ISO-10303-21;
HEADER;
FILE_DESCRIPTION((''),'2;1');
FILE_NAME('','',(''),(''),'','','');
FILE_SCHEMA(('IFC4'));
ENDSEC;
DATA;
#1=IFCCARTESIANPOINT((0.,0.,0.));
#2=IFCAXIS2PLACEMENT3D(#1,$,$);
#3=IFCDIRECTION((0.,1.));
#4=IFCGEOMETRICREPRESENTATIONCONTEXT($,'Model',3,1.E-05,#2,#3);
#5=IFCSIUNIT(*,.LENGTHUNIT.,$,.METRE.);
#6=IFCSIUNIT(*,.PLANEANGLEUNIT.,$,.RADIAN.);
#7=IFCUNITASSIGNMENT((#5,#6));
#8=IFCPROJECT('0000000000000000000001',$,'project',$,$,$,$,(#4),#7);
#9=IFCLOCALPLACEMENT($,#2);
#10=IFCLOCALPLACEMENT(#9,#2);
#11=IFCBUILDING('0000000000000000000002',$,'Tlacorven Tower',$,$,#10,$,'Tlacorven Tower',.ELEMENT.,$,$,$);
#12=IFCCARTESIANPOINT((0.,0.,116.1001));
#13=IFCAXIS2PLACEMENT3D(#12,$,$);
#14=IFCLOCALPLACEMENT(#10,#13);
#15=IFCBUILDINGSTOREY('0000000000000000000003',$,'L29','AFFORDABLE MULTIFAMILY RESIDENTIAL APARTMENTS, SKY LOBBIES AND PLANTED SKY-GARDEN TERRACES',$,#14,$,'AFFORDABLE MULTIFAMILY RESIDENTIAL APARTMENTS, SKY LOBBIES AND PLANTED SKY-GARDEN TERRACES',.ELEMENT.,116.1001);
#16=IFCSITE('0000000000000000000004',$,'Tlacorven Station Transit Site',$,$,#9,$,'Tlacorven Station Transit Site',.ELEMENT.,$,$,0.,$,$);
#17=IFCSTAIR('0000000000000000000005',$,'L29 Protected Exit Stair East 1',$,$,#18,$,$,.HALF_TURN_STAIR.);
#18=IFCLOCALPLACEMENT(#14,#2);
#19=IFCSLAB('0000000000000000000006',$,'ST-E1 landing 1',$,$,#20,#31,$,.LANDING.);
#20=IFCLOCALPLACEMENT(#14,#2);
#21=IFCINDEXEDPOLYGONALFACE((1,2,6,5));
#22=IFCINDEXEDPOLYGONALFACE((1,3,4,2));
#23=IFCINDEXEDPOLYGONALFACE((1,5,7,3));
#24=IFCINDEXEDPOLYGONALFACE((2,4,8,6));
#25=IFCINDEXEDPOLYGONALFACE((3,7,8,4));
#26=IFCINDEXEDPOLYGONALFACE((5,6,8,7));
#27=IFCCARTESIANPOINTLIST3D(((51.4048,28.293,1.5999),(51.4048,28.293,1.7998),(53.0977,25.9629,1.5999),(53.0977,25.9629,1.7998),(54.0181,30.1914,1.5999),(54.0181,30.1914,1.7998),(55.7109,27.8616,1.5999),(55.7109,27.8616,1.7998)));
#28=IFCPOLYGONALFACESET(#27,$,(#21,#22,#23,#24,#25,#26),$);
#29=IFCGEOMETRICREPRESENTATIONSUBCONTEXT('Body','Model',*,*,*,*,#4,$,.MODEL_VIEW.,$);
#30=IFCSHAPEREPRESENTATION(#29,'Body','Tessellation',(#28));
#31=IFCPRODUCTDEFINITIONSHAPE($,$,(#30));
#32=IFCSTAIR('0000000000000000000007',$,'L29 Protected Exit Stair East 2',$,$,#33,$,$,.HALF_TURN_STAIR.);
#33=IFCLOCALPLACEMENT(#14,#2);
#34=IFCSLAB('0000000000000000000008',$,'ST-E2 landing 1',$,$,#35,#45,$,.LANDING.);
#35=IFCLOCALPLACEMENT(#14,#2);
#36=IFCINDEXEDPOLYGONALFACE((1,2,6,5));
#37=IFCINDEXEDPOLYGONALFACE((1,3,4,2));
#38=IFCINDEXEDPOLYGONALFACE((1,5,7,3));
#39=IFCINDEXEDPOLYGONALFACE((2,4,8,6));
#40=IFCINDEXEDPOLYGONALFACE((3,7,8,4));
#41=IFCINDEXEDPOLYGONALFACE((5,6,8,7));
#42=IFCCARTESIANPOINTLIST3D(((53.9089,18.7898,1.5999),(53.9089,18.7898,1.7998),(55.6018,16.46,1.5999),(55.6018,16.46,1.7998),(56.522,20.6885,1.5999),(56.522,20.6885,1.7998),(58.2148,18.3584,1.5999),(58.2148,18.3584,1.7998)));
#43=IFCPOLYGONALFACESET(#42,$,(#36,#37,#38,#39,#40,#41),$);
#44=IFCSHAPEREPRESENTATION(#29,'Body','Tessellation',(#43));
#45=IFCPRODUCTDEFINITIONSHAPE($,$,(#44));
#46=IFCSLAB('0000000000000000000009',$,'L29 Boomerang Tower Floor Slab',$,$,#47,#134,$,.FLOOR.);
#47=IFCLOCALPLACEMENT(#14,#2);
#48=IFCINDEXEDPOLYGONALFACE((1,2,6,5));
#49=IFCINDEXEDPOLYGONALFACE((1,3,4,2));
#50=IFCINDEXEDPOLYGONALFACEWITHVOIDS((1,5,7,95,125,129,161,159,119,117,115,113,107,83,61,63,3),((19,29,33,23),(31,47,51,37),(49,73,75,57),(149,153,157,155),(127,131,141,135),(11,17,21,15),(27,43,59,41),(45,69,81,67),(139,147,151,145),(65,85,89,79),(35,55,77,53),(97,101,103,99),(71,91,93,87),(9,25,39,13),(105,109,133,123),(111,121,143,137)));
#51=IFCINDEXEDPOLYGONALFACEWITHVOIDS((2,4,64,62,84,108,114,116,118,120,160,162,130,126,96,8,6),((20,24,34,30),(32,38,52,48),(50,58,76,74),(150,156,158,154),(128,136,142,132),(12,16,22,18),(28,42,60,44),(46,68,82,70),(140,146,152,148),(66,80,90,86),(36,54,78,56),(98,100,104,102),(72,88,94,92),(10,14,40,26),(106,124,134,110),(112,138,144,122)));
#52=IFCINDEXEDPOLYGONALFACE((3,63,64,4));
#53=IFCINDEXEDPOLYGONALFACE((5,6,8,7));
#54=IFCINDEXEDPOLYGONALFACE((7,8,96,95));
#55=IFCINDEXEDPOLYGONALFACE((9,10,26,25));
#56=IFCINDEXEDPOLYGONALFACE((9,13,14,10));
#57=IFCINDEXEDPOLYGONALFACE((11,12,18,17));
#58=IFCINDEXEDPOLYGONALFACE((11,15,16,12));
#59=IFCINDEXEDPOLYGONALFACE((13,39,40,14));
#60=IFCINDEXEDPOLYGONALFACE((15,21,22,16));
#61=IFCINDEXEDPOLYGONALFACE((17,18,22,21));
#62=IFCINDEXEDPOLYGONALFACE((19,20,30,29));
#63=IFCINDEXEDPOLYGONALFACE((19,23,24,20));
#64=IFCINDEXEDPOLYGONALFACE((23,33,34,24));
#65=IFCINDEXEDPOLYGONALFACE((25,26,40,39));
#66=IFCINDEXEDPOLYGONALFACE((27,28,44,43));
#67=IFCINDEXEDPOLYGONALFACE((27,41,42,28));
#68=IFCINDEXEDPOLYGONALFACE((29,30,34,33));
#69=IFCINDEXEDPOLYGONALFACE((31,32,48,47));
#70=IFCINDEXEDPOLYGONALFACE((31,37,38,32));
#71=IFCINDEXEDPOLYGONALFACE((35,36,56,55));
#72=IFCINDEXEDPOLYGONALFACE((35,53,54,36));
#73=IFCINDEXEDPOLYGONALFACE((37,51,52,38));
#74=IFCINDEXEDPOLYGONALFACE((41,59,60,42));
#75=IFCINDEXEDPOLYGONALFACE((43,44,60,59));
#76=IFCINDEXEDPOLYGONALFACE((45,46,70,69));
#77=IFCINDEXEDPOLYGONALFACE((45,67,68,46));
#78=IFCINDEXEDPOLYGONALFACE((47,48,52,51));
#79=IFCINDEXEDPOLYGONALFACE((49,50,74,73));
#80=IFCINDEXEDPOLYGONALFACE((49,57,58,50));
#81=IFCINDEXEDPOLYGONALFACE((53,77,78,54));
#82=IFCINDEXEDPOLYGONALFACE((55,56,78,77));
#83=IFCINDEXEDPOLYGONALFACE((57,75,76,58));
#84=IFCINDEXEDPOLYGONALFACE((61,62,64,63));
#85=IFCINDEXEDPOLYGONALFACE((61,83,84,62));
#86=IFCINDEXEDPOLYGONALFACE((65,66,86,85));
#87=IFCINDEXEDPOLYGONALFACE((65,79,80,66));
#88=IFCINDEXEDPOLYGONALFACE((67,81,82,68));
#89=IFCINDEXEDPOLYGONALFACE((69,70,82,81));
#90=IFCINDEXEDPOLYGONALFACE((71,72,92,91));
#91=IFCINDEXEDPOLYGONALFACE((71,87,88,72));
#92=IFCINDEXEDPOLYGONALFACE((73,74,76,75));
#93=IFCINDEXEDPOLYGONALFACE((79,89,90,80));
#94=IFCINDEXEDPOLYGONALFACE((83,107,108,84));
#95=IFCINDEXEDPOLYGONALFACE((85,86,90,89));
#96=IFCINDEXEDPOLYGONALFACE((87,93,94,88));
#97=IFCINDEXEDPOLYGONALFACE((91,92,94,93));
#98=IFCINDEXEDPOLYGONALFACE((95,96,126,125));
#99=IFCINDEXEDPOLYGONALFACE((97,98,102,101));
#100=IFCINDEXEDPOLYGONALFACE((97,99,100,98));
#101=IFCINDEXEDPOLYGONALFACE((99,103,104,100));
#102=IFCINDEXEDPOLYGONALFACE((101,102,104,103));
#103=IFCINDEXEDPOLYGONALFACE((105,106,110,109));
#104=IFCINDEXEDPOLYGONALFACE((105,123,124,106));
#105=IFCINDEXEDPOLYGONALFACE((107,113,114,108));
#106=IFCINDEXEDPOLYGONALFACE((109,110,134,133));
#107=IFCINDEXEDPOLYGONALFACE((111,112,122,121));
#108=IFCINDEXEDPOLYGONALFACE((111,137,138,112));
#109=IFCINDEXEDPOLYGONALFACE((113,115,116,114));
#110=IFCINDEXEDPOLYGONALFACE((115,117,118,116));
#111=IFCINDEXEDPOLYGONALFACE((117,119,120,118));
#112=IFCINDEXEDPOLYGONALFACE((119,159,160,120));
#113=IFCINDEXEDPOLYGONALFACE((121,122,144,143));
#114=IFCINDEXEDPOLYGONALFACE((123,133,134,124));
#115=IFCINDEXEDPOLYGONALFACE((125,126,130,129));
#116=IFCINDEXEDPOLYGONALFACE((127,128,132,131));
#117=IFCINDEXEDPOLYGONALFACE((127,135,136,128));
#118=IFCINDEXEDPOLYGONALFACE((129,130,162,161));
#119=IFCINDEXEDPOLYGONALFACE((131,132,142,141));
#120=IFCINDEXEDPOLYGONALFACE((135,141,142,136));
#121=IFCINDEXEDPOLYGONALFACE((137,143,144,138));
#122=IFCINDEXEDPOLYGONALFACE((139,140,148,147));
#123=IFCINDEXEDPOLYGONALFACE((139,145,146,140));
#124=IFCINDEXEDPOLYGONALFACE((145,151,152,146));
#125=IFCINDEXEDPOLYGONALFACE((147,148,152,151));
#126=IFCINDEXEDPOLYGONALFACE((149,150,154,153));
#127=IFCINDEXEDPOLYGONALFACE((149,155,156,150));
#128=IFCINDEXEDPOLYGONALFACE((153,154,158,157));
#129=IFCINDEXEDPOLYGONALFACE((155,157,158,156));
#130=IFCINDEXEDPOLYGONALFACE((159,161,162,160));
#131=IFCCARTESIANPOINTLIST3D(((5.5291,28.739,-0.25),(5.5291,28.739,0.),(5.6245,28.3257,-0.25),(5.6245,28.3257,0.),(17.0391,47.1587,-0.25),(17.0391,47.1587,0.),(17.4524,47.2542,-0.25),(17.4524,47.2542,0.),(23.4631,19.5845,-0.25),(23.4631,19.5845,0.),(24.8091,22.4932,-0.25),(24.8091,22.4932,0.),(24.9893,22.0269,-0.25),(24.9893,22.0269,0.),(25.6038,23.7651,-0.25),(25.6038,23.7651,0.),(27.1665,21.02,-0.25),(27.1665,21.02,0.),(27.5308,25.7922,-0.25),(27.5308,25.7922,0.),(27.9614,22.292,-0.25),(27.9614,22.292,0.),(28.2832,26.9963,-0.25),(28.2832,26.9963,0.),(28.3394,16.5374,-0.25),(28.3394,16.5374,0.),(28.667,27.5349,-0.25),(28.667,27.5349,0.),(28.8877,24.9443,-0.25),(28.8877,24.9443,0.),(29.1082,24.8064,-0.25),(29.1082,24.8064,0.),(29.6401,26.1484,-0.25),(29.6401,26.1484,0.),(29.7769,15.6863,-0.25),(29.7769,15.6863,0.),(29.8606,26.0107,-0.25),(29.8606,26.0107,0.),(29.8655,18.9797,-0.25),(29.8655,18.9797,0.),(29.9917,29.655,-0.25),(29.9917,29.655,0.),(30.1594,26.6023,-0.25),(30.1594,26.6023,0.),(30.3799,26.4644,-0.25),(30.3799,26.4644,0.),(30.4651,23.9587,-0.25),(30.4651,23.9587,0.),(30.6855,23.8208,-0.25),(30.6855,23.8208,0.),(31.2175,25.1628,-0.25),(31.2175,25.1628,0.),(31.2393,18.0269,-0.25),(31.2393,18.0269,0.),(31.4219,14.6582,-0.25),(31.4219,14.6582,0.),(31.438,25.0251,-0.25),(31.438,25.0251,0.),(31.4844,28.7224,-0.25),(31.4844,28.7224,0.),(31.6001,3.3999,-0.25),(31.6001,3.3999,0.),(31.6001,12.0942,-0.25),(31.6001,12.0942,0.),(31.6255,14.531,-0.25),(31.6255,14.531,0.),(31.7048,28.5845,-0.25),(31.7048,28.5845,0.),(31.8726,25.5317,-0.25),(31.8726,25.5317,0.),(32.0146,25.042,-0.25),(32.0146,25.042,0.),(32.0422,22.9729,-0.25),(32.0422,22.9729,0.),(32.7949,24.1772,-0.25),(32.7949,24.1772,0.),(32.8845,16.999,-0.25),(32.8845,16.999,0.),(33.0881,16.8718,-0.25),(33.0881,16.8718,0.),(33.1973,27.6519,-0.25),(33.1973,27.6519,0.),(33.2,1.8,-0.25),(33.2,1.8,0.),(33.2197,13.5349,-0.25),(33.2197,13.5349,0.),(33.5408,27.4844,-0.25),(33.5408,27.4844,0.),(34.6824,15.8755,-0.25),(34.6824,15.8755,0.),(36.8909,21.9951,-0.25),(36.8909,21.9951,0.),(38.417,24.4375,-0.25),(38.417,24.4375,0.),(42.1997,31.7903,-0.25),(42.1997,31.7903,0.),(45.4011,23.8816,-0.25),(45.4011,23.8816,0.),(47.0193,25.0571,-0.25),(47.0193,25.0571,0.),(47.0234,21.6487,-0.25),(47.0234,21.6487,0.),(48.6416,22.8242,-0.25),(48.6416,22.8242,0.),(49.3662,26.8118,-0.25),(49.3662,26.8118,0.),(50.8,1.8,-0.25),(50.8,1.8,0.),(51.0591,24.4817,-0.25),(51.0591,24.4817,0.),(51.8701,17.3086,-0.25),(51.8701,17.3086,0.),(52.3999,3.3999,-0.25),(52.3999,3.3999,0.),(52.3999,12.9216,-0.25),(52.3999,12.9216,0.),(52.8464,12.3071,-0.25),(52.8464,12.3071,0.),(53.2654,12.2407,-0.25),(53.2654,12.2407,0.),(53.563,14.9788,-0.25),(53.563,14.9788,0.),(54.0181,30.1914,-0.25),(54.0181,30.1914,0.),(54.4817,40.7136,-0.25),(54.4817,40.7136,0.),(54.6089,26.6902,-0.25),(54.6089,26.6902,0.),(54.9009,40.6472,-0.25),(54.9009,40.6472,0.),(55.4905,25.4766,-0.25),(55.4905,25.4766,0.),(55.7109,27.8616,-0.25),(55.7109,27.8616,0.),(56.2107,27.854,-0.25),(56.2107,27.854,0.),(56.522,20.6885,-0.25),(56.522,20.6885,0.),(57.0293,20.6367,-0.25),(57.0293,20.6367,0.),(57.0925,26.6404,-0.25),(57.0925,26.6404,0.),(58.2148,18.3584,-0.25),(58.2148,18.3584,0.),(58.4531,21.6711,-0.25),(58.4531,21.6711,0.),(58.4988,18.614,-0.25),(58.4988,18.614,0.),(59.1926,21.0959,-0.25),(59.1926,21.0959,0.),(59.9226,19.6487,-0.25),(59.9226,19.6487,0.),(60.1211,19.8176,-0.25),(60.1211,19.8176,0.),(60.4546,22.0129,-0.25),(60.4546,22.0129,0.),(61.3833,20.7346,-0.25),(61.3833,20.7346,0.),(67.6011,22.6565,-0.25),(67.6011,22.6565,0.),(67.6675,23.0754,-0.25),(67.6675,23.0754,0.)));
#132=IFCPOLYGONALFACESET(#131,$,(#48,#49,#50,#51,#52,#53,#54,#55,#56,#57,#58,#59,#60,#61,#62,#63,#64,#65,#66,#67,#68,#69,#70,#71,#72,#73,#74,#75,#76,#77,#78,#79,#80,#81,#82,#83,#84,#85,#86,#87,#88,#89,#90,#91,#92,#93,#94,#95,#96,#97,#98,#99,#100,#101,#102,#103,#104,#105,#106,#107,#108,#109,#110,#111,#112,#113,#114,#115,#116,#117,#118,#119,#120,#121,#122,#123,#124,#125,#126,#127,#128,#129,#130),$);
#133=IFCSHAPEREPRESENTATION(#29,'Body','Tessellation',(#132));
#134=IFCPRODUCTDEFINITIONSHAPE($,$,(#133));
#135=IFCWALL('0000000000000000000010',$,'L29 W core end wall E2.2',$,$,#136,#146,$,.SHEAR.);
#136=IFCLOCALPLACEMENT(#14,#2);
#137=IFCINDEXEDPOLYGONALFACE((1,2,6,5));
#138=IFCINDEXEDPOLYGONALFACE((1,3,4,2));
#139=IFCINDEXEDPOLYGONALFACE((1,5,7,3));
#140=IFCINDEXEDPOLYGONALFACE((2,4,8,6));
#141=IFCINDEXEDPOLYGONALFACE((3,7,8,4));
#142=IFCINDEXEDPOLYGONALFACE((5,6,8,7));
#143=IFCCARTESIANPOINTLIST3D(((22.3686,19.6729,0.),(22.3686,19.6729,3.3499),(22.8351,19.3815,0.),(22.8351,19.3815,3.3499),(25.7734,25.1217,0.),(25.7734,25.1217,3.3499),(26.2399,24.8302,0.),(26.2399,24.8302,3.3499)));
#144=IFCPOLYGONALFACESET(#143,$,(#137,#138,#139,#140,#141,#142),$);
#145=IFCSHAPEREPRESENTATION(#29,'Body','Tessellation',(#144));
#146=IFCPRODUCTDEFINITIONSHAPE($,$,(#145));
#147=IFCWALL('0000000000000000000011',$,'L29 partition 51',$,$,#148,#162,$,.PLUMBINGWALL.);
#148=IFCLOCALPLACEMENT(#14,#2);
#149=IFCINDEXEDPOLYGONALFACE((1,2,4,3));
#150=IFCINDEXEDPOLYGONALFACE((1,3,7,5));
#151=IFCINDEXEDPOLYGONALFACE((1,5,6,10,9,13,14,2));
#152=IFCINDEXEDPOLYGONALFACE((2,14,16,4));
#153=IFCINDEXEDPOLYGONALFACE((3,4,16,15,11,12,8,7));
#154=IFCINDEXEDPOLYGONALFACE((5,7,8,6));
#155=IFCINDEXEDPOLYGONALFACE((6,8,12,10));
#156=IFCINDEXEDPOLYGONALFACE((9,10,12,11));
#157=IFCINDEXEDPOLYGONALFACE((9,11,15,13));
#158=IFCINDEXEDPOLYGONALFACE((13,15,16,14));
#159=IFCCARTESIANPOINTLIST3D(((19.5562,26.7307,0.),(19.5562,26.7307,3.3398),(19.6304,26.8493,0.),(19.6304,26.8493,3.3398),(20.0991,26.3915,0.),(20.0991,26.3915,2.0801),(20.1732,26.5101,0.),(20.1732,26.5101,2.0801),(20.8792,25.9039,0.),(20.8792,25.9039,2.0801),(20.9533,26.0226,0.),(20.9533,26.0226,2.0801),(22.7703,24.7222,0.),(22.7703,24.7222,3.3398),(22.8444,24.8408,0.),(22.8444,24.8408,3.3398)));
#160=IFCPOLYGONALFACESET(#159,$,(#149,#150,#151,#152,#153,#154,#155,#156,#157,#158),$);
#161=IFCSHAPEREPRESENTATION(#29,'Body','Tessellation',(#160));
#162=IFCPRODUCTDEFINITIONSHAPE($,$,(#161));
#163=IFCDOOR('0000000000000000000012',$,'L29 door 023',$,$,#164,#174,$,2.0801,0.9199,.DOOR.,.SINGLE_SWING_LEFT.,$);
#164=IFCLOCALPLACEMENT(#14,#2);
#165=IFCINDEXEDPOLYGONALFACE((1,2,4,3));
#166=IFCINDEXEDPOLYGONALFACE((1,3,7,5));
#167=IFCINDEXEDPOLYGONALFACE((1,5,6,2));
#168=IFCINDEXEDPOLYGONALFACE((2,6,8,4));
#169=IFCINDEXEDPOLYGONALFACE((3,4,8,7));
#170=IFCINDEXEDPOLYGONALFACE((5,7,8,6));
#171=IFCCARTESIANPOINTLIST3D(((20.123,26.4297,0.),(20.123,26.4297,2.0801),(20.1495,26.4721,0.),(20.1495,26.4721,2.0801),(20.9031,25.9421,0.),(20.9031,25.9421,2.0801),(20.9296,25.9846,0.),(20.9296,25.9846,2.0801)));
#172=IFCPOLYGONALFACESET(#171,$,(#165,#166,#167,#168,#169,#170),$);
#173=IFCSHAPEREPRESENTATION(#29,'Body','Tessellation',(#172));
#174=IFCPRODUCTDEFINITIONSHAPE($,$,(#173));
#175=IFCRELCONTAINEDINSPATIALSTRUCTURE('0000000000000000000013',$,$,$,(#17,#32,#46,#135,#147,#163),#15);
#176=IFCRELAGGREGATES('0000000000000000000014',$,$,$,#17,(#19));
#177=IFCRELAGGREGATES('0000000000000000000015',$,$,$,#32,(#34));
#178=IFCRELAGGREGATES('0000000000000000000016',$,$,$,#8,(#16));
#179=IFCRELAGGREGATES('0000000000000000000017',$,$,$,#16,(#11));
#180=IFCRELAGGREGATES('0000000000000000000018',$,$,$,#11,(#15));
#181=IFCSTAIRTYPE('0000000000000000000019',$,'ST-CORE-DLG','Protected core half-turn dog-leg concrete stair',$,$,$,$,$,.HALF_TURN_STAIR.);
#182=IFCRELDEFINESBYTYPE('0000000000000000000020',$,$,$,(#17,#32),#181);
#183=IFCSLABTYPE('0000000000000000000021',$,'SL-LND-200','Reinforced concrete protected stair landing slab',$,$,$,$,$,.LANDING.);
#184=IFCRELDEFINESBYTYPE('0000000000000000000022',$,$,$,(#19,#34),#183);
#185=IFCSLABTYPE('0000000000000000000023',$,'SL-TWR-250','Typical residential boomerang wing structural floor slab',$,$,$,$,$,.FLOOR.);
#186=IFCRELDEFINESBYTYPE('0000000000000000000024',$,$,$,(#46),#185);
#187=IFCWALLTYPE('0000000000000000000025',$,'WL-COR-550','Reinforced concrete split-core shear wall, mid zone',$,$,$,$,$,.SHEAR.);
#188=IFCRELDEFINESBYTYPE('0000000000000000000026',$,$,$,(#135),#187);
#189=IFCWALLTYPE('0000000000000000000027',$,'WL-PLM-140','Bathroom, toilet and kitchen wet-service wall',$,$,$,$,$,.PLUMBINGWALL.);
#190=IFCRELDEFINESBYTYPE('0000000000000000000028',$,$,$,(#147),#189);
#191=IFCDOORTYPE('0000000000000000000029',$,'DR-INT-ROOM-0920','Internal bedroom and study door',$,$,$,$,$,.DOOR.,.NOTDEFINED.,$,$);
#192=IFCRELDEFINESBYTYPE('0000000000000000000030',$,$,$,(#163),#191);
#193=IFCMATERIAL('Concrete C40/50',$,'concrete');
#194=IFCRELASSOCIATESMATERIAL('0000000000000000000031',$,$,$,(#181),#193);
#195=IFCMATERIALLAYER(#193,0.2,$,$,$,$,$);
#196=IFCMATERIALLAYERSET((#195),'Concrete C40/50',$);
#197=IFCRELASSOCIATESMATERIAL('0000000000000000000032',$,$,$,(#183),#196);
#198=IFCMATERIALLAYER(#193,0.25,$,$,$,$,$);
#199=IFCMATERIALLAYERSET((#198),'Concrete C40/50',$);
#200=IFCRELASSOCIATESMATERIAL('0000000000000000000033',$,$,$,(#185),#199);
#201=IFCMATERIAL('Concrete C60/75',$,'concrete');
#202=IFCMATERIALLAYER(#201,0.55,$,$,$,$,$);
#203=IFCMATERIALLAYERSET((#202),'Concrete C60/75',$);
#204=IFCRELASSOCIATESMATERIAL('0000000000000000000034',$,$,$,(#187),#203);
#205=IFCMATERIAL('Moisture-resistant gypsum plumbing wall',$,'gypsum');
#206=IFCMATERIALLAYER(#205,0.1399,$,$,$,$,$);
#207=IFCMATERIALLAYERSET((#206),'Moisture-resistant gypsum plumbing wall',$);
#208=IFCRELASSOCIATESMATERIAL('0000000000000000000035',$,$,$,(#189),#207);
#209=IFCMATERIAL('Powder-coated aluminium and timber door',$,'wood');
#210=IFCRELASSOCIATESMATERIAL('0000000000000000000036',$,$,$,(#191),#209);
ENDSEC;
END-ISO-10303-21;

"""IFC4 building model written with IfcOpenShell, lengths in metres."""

from ifc_helpers import new_model, si_unit, direction, frame, frame_2d, origin, place, context, subcontext, project, spatial, polyline, rectangle, outline, extrude, source, transform, mapped, material, layer, layer_set, type_object, element, fill, aggregate, save


model = new_model("IFC4")

# Units and contexts
model_context = context("Model", 3, precision=1e-05, world=origin(), true_north=direction((0.0, 1.0)))
body_context = subcontext(model_context, "Body", "Model", "MODEL_VIEW")
ifc_project = project(units=[si_unit("LENGTHUNIT", "METRE"), si_unit("PLANEANGLEUNIT", "RADIAN")], contexts=[model_context])

# Site, building, storey
site_placement = place(None, origin())
site = spatial("IfcSite", under=ifc_project, at=site_placement, Name="Tlacorven Station Transit Site", LongName="Tlacorven Station Transit Site", CompositionType="ELEMENT", RefElevation=0.0)
building_placement = place(site_placement, origin())
building = spatial("IfcBuilding", under=site, at=building_placement, Name="Tlacorven Tower", LongName="Tlacorven Tower", CompositionType="ELEMENT")
storey_placement = place(building_placement, frame((0.0, 0.0, 116.1001)))
storey = spatial("IfcBuildingStorey", under=building, at=storey_placement, Name="L29", Description="AFFORDABLE MULTIFAMILY RESIDENTIAL APARTMENTS, SKY LOBBIES AND PLANTED SKY-GARDEN TERRACES", LongName="AFFORDABLE MULTIFAMILY RESIDENTIAL APARTMENTS, SKY LOBBIES AND PLANTED SKY-GARDEN TERRACES", CompositionType="ELEMENT", Elevation=116.1001)

# Stairs, slabs
ifc_material_1 = material(Name="Concrete C40/50", Category="concrete")
stair_type = type_object("IfcStairType", Name="ST-CORE-DLG", Description="Protected core half-turn dog-leg concrete stair", PredefinedType="HALF_TURN_STAIR", material=ifc_material_1)
ifc_layer_1 = layer(ifc_material_1, 0.2)
ifc_layer_set_1 = layer_set([ifc_layer_1], Name="Concrete C40/50")
slab_type_1 = type_object("IfcSlabType", Name="SL-LND-200", Description="Reinforced concrete protected stair landing slab", PredefinedType="LANDING", material=ifc_layer_set_1)
stair_1_placement = place(storey_placement, origin())
stair_1 = element("IfcStair", 1, at=stair_1_placement, inside=storey, type_object=stair_type, Name="L29 Protected Exit Stair East 1", PredefinedType="HALF_TURN_STAIR")
slab_1_placement = place(storey_placement, frame((0.0, 0.0, 1.5999)))
slab_1 = element("IfcSlab", 2, at=slab_1_placement, type_object=slab_type_1, Name="ST-E1 landing 1", PredefinedType="LANDING", context=body_context, shape_type="SweptSolid", body=[
    extrude(outline(polyline([(53.0977, 25.9629), (55.7109, 27.8616), (54.0181, 30.1914), (51.4048, 28.293), (53.0977, 25.9629)])), origin(), (0.0, 0.0, 1.0), 0.2),
])
aggregate(stair_1, [slab_1])
stair_2_placement = place(storey_placement, origin())
stair_2 = element("IfcStair", 3, at=stair_2_placement, inside=storey, type_object=stair_type, Name="L29 Protected Exit Stair East 2", PredefinedType="HALF_TURN_STAIR")
slab_2_placement = place(storey_placement, frame((0.0, 0.0, 1.5999)))
slab_2 = element("IfcSlab", 4, at=slab_2_placement, type_object=slab_type_1, Name="ST-E2 landing 1", PredefinedType="LANDING", context=body_context, shape_type="SweptSolid", body=[
    extrude(outline(polyline([(55.6018, 16.46), (58.2148, 18.3584), (56.522, 20.6885), (53.9089, 18.7898), (55.6018, 16.46)])), origin(), (0.0, 0.0, 1.0), 0.2),
])
aggregate(stair_2, [slab_2])

# Slab
ifc_layer_2 = layer(ifc_material_1, 0.25)
ifc_layer_set_2 = layer_set([ifc_layer_2], Name="Concrete C40/50")
slab_type_2 = type_object("IfcSlabType", Name="SL-TWR-250", Description="Typical residential boomerang wing structural floor slab", PredefinedType="FLOOR", material=ifc_layer_set_2)
slab_3_placement = place(storey_placement, frame((0.0, 0.0, -0.25)))
element("IfcSlab", 5, at=slab_3_placement, inside=storey, type_object=slab_type_2, Name="L29 Boomerang Tower Floor Slab", PredefinedType="FLOOR", context=body_context, shape_type="SweptSolid", body=[
    extrude(outline(polyline([(52.3999, 3.3999), (50.8, 1.8), (33.2, 1.8), (31.6001, 3.3999), (31.6001, 12.0942), (5.6245, 28.3257), (5.5291, 28.739), (17.0391, 47.1587), (17.4524, 47.2542), (42.1997, 31.7903), (54.4817, 40.7136), (54.9009, 40.6472), (67.6675, 23.0754), (67.6011, 22.6565), (53.2654, 12.2407), (52.8464, 12.3071), (52.3999, 12.9216), (52.3999, 3.3999)]), holes=[polyline([(29.8655, 18.9797), (24.9893, 22.0269), (23.4631, 19.5845), (28.3394, 16.5374), (29.8655, 18.9797)]), polyline([(38.417, 24.4375), (33.5408, 27.4844), (32.0146, 25.042), (36.8909, 21.9951), (38.417, 24.4375)]), polyline([(51.0591, 24.4817), (55.7109, 27.8616), (54.0181, 30.1914), (49.3662, 26.8118), (51.0591, 24.4817)]), polyline([(53.563, 14.9788), (58.2148, 18.3584), (56.522, 20.6885), (51.8701, 17.3086), (53.563, 14.9788)]), polyline([(34.6824, 15.8755), (33.0881, 16.8718), (31.6255, 14.531), (33.2197, 13.5349), (34.6824, 15.8755)]), polyline([(32.8845, 16.999), (31.2393, 18.0269), (29.7769, 15.6863), (31.4219, 14.6582), (32.8845, 16.999)]), polyline([(47.0234, 21.6487), (48.6416, 22.8242), (47.0193, 25.0571), (45.4011, 23.8816), (47.0234, 21.6487)]), polyline([(33.1973, 27.6519), (31.7048, 28.5845), (30.3799, 26.4644), (31.8726, 25.5317), (33.1973, 27.6519)]), polyline([(31.4844, 28.7224), (29.9917, 29.655), (28.667, 27.5349), (30.1594, 26.6023), (31.4844, 28.7224)]), polyline([(32.7949, 24.1772), (31.438, 25.0251), (30.6855, 23.8208), (32.0422, 22.9729), (32.7949, 24.1772)]), polyline([(31.2175, 25.1628), (29.8606, 26.0107), (29.1082, 24.8064), (30.4651, 23.9587), (31.2175, 25.1628)]), polyline([(29.6401, 26.1484), (28.2832, 26.9963), (27.5308, 25.7922), (28.8877, 24.9443), (29.6401, 26.1484)]), polyline([(58.4988, 18.614), (59.9226, 19.6487), (58.4531, 21.6711), (57.0293, 20.6367), (58.4988, 18.614)]), polyline([(27.9614, 22.292), (25.6038, 23.7651), (24.8091, 22.4932), (27.1665, 21.02), (27.9614, 22.292)]), polyline([(55.4905, 25.4766), (57.0925, 26.6404), (56.2107, 27.854), (54.6089, 26.6902), (55.4905, 25.4766)]), polyline([(60.1211, 19.8176), (61.3833, 20.7346), (60.4546, 22.0129), (59.1926, 21.0959), (60.1211, 19.8176)])]), origin(), (0.0, 0.0, 1.0), 0.25),
])

# Wall
ifc_material_2 = material(Name="Concrete C60/75", Category="concrete")
ifc_layer_3 = layer(ifc_material_2, 0.55)
ifc_layer_set_3 = layer_set([ifc_layer_3], Name="Concrete C60/75")
wall_type_1 = type_object("IfcWallType", Name="WL-COR-550", Description="Reinforced concrete split-core shear wall, mid zone", PredefinedType="SHEAR", material=ifc_layer_set_3)
wall_1_placement = place(storey_placement, frame((26.0066, 24.9758, 0.0), z_axis=(0.0, 0.0, 1.0), x_axis=(-0.529924, -0.848045, 0.0)))
element("IfcWall", 6, at=wall_1_placement, inside=storey, type_object=wall_type_1, Name="L29 W core end wall E2.2", PredefinedType="SHEAR", context=body_context, shape_type="SweptSolid", body=[
    extrude(rectangle(XDim=6.425, YDim=0.55, at=frame_2d((3.2124, 0.0))), origin(), (0.0, 0.0, 1.0), 3.3499),
])

# Wall, opening, door
ifc_material_3 = material(Name="Moisture-resistant gypsum plumbing wall", Category="gypsum")
ifc_layer_4 = layer(ifc_material_3, 0.1399)
ifc_layer_set_4 = layer_set([ifc_layer_4], Name="Moisture-resistant gypsum plumbing wall")
wall_type_2 = type_object("IfcWallType", Name="WL-PLM-140", Description="Bathroom, toilet and kitchen wet-service wall", PredefinedType="PLUMBINGWALL", material=ifc_layer_set_4)
wall_2_placement = place(storey_placement, frame((22.8074, 24.7815, 0.0), z_axis=(0.0, 0.0, 1.0), x_axis=(-0.848031, 0.529947, 0.0)))
wall_2 = element("IfcWall", 7, at=wall_2_placement, inside=storey, type_object=wall_type_2, Name="L29 partition 51", PredefinedType="PLUMBINGWALL", context=body_context, shape_type="SweptSolid", body=[
    extrude(rectangle(XDim=3.79, YDim=0.1399, at=frame_2d((1.895, 0.0))), origin(), (0.0, 0.0, 1.0), 3.3398),
])
opening_placement = place(wall_2_placement, frame((2.23, 0.0, 0.0)))
opening = element("IfcOpeningElement", 8, at=opening_placement, cuts=wall_2, PredefinedType="OPENING", context=body_context, shape_type="SweptSolid", body=[
    extrude(rectangle(XDim=0.9199, YDim=2.0801, at=frame_2d((0.46, 1.04))), frame((0.0, 0.0801, 0.0), z_axis=(0.0, -1.0, 0.0), x_axis=(1.0, 0.0, 0.0)), (0.0, 0.0, 1.0), 0.1599),
])
ifc_material_4 = material(Name="Powder-coated aluminium and timber door", Category="wood")
door_type = type_object("IfcDoorType", Name="DR-INT-ROOM-0920", Description="Internal bedroom and study door", OperationType="NOTDEFINED", PredefinedType="DOOR", material=ifc_material_4)
shared_shape_1 = source(origin(), body_context, "Body", "SweptSolid", [
    extrude(rectangle(XDim=0.9199, YDim=2.0801, at=frame_2d((0.46, 1.04))), frame((0.0, 0.0249, 0.0), z_axis=(0.0, -1.0, 0.0), x_axis=(1.0, 0.0, 0.0)), (0.0, 0.0, 1.0), 0.05),
])
door_placement = place(opening_placement, origin())
door = element("IfcDoor", 9, at=door_placement, inside=storey, type_object=door_type, Name="L29 door 023", OperationType="SINGLE_SWING_LEFT", OverallHeight=2.0801, OverallWidth=0.9199, PredefinedType="DOOR", context=body_context, shape_type="MappedRepresentation", body=[
    mapped(shared_shape_1, transform((0.0, 0.0, 0.0), scale=1.0)),
])
fill(opening, door)

save(model, "model.ifc")
